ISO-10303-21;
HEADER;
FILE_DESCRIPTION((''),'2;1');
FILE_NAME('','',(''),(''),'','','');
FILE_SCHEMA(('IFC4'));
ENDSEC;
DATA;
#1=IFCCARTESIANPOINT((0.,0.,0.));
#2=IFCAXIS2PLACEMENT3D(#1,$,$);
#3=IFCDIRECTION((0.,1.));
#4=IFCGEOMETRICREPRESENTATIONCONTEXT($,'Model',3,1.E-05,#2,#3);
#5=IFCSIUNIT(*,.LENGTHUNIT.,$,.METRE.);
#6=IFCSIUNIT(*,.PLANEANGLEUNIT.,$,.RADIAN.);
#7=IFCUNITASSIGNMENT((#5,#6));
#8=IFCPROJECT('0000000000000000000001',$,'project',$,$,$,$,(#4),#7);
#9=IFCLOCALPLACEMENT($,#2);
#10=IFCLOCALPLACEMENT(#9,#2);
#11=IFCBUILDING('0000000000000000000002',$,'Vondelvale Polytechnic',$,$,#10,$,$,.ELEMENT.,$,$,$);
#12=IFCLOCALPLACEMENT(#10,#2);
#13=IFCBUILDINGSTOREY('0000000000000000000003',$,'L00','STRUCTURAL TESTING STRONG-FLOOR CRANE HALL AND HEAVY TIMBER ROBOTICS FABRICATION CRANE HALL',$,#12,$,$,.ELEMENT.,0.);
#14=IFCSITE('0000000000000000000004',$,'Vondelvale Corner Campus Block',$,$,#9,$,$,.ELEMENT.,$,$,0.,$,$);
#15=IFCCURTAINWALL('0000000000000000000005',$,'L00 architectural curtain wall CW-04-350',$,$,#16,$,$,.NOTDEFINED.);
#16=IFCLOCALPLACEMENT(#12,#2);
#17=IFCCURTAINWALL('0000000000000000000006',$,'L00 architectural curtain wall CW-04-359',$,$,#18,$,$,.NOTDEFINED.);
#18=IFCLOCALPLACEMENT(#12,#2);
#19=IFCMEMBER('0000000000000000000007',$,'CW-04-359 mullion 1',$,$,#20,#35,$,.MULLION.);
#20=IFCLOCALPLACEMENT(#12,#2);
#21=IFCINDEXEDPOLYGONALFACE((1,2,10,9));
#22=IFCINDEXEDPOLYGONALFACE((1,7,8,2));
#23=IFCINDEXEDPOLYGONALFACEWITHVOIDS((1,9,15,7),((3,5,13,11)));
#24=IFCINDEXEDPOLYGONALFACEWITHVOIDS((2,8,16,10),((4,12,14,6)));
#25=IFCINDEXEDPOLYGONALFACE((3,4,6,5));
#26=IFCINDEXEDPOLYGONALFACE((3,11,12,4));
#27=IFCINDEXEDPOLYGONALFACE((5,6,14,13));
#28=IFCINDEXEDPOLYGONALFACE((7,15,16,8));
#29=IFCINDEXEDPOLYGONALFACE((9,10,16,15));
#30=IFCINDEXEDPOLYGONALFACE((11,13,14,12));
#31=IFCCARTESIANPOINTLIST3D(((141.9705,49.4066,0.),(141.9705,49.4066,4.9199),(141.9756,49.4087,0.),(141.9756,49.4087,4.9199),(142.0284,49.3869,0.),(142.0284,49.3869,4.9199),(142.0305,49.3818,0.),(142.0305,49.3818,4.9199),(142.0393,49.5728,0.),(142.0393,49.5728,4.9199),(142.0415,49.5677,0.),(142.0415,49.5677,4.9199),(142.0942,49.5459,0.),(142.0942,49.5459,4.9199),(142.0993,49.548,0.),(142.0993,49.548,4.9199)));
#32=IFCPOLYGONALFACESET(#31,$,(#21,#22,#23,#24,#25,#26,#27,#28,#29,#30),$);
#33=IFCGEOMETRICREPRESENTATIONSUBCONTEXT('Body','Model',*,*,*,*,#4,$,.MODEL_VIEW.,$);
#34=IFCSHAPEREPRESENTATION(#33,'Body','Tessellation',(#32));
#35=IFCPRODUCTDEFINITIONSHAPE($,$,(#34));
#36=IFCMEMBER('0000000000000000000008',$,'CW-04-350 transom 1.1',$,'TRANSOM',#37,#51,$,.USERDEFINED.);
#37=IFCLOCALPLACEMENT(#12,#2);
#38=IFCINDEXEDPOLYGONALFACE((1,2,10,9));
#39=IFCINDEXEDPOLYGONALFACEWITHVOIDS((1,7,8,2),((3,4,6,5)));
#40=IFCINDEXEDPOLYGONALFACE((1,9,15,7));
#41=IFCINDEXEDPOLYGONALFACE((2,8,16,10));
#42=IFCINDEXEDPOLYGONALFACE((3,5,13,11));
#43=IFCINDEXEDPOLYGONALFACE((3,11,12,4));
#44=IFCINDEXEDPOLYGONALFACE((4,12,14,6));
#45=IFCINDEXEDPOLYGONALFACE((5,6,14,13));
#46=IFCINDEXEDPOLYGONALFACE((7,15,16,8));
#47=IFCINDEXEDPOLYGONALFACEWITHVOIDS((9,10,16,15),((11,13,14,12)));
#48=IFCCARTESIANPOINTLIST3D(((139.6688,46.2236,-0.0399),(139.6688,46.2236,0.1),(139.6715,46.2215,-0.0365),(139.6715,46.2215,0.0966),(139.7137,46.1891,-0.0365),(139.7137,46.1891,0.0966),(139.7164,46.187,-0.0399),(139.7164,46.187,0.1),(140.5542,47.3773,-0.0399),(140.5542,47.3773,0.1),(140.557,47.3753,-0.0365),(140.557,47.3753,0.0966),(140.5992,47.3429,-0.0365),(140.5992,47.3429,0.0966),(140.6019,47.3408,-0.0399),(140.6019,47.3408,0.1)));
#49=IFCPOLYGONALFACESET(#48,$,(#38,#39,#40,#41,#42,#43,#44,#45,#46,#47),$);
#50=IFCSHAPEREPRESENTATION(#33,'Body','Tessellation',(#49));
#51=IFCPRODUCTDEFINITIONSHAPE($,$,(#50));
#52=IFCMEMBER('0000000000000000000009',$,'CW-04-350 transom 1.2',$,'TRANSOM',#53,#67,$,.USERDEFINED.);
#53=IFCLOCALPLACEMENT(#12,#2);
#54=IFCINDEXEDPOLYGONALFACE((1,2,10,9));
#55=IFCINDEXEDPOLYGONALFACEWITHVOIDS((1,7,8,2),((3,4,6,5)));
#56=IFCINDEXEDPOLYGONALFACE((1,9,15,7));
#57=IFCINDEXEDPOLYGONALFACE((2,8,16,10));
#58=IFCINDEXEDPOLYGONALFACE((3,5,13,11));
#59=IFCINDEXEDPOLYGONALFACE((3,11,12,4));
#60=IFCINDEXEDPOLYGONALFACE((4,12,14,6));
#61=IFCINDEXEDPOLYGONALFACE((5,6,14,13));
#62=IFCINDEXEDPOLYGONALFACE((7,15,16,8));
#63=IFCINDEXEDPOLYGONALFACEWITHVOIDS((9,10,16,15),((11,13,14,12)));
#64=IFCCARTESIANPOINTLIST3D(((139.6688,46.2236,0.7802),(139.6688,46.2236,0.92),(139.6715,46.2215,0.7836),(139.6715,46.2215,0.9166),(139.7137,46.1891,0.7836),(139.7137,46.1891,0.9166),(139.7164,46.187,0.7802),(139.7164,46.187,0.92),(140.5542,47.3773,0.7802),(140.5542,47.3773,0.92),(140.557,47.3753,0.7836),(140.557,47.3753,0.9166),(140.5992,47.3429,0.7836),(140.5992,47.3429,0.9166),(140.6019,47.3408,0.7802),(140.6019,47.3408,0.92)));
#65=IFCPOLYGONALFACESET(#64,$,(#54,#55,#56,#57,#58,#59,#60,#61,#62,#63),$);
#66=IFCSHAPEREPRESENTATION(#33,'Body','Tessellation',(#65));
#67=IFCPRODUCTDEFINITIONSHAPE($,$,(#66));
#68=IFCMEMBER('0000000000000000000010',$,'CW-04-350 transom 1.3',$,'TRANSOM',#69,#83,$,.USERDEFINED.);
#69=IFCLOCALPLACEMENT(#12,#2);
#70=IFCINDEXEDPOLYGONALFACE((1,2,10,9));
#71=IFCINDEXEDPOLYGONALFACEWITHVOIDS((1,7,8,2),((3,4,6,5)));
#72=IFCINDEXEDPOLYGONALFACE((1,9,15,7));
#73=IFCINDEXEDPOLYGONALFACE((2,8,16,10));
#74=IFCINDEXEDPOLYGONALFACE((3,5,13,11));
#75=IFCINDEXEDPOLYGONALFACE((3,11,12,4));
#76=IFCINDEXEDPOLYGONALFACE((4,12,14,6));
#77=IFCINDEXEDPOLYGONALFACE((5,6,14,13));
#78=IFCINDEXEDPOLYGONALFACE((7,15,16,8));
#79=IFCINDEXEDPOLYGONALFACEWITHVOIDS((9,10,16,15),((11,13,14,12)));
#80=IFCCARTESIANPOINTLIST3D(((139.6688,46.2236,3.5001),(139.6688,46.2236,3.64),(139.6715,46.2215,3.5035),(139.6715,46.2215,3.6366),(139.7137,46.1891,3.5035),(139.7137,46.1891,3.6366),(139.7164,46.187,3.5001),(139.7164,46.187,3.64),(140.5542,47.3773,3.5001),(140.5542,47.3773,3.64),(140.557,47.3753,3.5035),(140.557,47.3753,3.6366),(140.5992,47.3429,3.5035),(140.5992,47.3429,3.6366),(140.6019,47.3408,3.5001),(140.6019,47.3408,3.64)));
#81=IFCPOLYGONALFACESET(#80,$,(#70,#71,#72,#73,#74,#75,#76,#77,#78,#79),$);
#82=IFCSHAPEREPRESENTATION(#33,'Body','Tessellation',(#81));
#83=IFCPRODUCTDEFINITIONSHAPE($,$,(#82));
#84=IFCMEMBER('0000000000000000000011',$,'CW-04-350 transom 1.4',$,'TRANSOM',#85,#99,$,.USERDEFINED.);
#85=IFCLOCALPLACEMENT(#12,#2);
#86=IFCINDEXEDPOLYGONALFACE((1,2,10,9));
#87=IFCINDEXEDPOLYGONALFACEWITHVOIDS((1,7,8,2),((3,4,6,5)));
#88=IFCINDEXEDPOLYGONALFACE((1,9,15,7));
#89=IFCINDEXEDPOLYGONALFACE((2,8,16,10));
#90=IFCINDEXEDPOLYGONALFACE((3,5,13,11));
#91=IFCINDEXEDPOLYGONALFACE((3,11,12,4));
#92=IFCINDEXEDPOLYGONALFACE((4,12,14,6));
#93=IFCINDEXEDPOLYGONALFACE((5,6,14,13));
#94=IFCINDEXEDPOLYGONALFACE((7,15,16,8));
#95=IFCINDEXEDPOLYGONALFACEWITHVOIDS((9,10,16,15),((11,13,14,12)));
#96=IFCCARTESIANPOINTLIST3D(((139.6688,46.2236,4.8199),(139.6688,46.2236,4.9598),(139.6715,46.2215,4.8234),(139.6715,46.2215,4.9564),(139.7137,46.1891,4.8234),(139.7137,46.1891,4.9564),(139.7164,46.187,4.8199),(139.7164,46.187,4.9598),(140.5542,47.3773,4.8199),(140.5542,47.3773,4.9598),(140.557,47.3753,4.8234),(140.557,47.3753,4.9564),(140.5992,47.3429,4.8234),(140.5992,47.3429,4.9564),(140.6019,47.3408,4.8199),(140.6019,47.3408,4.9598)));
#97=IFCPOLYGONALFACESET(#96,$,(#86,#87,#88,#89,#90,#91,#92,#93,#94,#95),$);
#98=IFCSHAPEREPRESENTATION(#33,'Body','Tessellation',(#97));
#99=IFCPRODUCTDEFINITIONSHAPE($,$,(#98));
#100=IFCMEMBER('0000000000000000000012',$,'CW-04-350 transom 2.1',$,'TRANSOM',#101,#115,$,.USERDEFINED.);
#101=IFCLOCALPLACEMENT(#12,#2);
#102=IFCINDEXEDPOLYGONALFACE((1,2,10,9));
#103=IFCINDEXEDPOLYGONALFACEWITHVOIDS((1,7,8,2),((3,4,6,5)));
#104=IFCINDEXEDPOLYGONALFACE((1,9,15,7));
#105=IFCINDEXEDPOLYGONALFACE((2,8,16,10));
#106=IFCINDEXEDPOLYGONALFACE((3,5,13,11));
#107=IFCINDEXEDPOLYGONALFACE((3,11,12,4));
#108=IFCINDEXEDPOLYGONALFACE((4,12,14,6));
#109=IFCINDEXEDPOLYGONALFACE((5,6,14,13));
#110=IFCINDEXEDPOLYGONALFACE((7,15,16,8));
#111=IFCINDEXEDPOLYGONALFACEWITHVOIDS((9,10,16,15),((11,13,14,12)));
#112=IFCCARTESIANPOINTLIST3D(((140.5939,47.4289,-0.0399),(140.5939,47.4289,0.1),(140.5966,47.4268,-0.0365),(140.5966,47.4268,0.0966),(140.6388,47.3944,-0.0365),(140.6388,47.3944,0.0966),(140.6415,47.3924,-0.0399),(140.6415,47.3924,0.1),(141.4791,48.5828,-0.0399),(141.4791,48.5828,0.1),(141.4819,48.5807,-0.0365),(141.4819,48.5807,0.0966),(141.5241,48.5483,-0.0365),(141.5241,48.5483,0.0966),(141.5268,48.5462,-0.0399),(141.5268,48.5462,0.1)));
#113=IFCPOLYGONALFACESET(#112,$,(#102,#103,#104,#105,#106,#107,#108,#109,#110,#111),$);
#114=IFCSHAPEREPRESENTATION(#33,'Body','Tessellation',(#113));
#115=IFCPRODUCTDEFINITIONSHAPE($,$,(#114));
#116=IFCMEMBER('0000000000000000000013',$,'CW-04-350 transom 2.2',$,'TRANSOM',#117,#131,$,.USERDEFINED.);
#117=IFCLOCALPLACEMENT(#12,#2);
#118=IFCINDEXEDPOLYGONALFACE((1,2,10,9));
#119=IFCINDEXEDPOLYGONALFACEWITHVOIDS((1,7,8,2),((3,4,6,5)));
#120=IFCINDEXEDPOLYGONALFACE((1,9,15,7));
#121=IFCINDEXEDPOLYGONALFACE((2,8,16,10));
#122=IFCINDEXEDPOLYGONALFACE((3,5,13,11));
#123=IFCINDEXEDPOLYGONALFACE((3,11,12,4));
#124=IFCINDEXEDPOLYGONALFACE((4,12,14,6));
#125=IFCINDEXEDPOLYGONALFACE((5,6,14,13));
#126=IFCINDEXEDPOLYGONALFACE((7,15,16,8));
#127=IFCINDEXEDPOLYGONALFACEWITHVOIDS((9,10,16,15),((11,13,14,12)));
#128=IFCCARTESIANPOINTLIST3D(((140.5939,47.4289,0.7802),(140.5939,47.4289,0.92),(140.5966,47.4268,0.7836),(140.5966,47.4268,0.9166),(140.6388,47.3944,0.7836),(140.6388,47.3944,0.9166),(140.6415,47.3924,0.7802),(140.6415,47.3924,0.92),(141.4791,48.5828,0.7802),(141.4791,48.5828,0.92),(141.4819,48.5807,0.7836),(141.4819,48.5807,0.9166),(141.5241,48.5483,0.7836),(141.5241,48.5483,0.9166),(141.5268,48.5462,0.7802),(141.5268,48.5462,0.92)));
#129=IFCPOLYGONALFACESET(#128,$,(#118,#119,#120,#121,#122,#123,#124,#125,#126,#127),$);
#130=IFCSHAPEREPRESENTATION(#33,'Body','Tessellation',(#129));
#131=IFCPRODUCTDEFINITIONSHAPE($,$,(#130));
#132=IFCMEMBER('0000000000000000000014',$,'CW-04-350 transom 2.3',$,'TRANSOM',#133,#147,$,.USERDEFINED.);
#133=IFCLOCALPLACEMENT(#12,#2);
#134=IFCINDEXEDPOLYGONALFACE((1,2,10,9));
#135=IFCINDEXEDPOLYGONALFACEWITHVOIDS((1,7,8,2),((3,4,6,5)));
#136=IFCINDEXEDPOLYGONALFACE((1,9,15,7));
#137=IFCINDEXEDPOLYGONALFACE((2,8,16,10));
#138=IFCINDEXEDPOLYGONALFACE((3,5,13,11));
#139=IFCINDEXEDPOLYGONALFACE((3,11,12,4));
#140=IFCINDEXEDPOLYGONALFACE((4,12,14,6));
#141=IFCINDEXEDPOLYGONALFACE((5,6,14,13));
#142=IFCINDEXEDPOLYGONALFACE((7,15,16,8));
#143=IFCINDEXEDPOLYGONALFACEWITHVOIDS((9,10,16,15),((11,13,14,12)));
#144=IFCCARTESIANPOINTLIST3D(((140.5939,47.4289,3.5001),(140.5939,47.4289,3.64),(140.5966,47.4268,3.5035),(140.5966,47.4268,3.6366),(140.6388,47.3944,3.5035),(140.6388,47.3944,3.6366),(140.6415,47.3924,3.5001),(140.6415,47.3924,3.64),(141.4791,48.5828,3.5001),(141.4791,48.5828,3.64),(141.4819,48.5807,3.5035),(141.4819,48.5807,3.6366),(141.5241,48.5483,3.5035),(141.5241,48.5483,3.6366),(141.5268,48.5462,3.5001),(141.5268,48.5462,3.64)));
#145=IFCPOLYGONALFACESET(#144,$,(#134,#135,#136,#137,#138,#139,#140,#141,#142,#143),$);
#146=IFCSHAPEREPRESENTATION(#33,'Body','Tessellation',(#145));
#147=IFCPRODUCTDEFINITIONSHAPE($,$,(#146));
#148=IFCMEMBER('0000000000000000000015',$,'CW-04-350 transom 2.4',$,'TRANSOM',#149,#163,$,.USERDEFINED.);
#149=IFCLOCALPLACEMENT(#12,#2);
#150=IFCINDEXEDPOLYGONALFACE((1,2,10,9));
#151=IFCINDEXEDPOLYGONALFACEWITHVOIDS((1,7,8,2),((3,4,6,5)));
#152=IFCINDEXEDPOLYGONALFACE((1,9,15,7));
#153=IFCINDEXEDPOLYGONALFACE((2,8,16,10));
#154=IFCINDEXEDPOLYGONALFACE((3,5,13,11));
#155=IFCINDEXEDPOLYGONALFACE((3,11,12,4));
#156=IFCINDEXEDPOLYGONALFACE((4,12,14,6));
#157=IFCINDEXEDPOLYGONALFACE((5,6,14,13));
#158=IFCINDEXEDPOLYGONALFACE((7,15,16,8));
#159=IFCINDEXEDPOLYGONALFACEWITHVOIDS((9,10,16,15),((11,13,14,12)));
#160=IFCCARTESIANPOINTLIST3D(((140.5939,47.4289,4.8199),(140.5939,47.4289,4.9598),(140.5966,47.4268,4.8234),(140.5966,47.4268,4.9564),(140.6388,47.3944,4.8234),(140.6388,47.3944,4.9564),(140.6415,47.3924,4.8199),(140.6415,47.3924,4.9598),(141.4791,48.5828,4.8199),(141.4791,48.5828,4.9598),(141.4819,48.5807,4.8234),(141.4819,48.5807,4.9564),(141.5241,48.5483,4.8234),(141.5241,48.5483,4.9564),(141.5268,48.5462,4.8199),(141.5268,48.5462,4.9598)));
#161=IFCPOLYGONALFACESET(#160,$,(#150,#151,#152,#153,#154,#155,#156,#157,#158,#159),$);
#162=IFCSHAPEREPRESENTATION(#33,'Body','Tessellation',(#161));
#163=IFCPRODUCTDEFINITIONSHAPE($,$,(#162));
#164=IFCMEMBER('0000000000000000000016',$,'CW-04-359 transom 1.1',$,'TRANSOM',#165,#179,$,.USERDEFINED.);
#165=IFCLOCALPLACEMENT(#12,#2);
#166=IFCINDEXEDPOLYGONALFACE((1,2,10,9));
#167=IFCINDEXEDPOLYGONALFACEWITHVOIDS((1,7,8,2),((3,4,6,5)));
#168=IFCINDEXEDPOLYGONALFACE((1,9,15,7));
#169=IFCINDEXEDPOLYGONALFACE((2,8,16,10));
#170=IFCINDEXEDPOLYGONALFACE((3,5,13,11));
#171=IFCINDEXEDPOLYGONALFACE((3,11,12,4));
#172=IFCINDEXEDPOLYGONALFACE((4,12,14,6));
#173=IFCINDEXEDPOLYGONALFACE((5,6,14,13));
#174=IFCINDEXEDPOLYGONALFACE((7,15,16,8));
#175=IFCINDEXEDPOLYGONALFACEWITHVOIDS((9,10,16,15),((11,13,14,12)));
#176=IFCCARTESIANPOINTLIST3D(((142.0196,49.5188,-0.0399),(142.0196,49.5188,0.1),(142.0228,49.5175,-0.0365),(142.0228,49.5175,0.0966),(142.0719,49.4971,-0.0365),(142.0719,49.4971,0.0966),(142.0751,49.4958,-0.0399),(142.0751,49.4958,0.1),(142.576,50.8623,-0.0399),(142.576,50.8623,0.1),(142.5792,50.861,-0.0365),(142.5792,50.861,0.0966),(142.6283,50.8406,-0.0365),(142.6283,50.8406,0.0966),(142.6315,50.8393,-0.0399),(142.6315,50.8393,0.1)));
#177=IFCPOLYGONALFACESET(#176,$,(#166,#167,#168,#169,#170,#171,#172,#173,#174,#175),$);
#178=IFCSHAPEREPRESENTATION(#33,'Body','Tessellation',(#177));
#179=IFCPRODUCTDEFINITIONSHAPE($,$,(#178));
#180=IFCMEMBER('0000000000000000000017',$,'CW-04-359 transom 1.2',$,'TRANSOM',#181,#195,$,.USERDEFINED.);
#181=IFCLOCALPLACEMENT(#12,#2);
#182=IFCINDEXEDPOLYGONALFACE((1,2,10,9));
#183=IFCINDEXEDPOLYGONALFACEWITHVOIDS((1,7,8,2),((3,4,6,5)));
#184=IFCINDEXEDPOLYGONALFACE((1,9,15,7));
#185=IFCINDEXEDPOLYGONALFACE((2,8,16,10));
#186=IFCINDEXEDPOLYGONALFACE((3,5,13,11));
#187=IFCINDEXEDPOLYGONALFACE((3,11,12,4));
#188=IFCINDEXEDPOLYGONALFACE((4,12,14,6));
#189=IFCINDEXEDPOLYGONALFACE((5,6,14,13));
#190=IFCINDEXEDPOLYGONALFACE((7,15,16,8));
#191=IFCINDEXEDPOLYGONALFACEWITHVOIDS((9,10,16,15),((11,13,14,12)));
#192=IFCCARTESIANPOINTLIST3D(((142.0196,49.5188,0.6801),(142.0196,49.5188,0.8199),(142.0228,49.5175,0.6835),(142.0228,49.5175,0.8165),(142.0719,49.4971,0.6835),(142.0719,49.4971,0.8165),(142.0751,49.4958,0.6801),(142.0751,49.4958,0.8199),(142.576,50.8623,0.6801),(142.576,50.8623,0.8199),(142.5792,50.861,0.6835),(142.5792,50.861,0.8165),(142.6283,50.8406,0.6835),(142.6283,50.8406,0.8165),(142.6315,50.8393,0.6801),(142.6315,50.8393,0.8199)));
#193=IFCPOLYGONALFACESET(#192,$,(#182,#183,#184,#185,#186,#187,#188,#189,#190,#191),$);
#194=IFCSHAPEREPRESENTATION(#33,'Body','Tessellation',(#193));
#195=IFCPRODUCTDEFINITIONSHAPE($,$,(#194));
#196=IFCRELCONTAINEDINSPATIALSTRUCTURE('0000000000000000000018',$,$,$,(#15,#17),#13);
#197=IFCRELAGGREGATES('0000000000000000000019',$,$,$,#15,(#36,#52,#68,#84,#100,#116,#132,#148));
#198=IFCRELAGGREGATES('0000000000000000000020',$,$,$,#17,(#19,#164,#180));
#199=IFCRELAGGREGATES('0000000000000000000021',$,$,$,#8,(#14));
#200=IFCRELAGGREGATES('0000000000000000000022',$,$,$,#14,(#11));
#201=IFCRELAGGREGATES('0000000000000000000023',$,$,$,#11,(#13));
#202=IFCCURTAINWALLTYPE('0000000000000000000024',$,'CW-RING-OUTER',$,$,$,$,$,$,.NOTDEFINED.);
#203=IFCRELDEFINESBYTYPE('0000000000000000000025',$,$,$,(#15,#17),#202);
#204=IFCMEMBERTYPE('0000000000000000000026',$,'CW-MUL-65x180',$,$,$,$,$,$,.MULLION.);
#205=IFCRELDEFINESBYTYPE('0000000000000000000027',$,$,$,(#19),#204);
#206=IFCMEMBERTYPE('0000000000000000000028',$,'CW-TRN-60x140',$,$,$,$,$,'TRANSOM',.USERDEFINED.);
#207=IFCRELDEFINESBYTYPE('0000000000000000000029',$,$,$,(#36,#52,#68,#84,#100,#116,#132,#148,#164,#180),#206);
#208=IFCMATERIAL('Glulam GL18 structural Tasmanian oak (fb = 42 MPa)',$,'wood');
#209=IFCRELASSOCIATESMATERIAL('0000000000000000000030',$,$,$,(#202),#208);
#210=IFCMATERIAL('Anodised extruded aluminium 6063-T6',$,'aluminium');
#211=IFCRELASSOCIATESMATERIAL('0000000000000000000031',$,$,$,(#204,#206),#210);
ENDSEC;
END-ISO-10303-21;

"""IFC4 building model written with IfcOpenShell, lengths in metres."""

from ifc_helpers import new_model, si_unit, direction, frame, origin, origin_2d, place, context, subcontext, project, spatial, hollow_rectangle, extrude, material, material_profile, profile_set, type_object, element, aggregate, save


model = new_model("IFC4")

# Units and contexts
model_context = context("Model", 3, precision=1e-05, world=origin(), true_north=direction((0.0, 1.0)))
body_context = subcontext(model_context, "Body", "Model", "MODEL_VIEW")
ifc_project = project(units=[si_unit("LENGTHUNIT", "METRE"), si_unit("PLANEANGLEUNIT", "RADIAN")], contexts=[model_context])

# Site, building, storey
site_placement = place(None, origin())
site = spatial("IfcSite", under=ifc_project, at=site_placement, Name="Vondelvale Corner Campus Block", CompositionType="ELEMENT", RefElevation=0.0)
building_placement = place(site_placement, origin())
building = spatial("IfcBuilding", under=site, at=building_placement, Name="Vondelvale Polytechnic", CompositionType="ELEMENT")
storey_placement = place(building_placement, origin())
storey = spatial("IfcBuildingStorey", under=building, at=storey_placement, Name="L00", Description="STRUCTURAL TESTING STRONG-FLOOR CRANE HALL AND HEAVY TIMBER ROBOTICS FABRICATION CRANE HALL", CompositionType="ELEMENT", Elevation=0.0)

# Curtain wall
ifc_material_1 = material(Name="Glulam GL18 structural Tasmanian oak (fb = 42 MPa)", Category="wood")
curtain_wall_type = type_object("IfcCurtainWallType", Name="CW-RING-OUTER", PredefinedType="NOTDEFINED", material=ifc_material_1)
curtain_wall_1_placement = place(storey_placement, origin())
curtain_wall_1 = element("IfcCurtainWall", 1, at=curtain_wall_1_placement, inside=storey, type_object=curtain_wall_type, Name="L00 architectural curtain wall CW-04-350", PredefinedType="NOTDEFINED")
ifc_material_2 = material(Name="Anodised extruded aluminium 6063-T6", Category="aluminium")
ifc_material_profile_1 = material_profile(ifc_material_2, hollow_rectangle(XDim=0.0649, YDim=0.1799, WallThickness=0.0039, at=origin_2d()), Name="CW-MUL-180x65")
ifc_profile_set_1 = profile_set([ifc_material_profile_1], Name="Anodised extruded aluminium 6063-T6")
member_type_1 = type_object("IfcMemberType", Name="CW-MUL-65x180", PredefinedType="MULLION", material=ifc_profile_set_1)

# Curtain wall, member
curtain_wall_2_placement = place(storey_placement, origin())
curtain_wall_2 = element("IfcCurtainWall", 2, at=curtain_wall_2_placement, inside=storey, type_object=curtain_wall_type, Name="L00 architectural curtain wall CW-04-359", PredefinedType="NOTDEFINED")
member_1_placement = place(storey_placement, frame((142.0349, 49.4773, 0.0), z_axis=(0.0, 0.0, 1.0), x_axis=(-0.923881, 0.382679, 0.0)))
member_1 = element("IfcMember", 3, at=member_1_placement, type_object=member_type_1, Name="CW-04-359 mullion 1", PredefinedType="MULLION", context=body_context, shape_type="SweptSolid", body=[
    extrude(hollow_rectangle(XDim=0.0649, YDim=0.1799, WallThickness=0.0039, at=origin_2d()), origin(), (0.0, 0.0, 1.0), 4.9199),
])

# Members
ifc_material_profile_2 = material_profile(ifc_material_2, hollow_rectangle(XDim=0.0601, YDim=0.1399, WallThickness=0.0034, at=origin_2d()), Name="CW-TRN-140x60")
ifc_profile_set_2 = profile_set([ifc_material_profile_2], Name="Anodised extruded aluminium 6063-T6")
member_type_2 = type_object("IfcMemberType", Name="CW-TRN-60x140", ElementType="TRANSOM", PredefinedType="USERDEFINED", material=ifc_profile_set_2)
member_2_placement = place(storey_placement, frame((139.6926, 46.2053, 0.03), z_axis=(0.608826, 0.793304, 0.0), x_axis=(-0.793304, 0.608826, 0.0)))
member_2 = element("IfcMember", 4, at=member_2_placement, type_object=member_type_2, Name="CW-04-350 transom 1.1", ObjectType="TRANSOM", PredefinedType="USERDEFINED", context=body_context, shape_type="SweptSolid", body=[
    extrude(hollow_rectangle(XDim=0.0601, YDim=0.1399, WallThickness=0.0034, at=origin_2d()), origin(), (0.0, 0.0, 1.0), 1.4543),
])
member_3_placement = place(storey_placement, frame((139.6926, 46.2053, 0.8501), z_axis=(0.608826, 0.793304, 0.0), x_axis=(-0.793304, 0.608826, 0.0)))
member_3 = element("IfcMember", 5, at=member_3_placement, type_object=member_type_2, Name="CW-04-350 transom 1.2", ObjectType="TRANSOM", PredefinedType="USERDEFINED", context=body_context, shape_type="SweptSolid", body=[
    extrude(hollow_rectangle(XDim=0.0601, YDim=0.1399, WallThickness=0.0034, at=origin_2d()), origin(), (0.0, 0.0, 1.0), 1.4543),
])
member_4_placement = place(storey_placement, frame((139.6926, 46.2053, 3.5701), z_axis=(0.608826, 0.793304, 0.0), x_axis=(-0.793304, 0.608826, 0.0)))
member_4 = element("IfcMember", 6, at=member_4_placement, type_object=member_type_2, Name="CW-04-350 transom 1.3", ObjectType="TRANSOM", PredefinedType="USERDEFINED", context=body_context, shape_type="SweptSolid", body=[
    extrude(hollow_rectangle(XDim=0.0601, YDim=0.1399, WallThickness=0.0034, at=origin_2d()), origin(), (0.0, 0.0, 1.0), 1.4543),
])
member_5_placement = place(storey_placement, frame((139.6926, 46.2053, 4.8899), z_axis=(0.608826, 0.793304, 0.0), x_axis=(-0.793304, 0.608826, 0.0)))
member_5 = element("IfcMember", 7, at=member_5_placement, type_object=member_type_2, Name="CW-04-350 transom 1.4", ObjectType="TRANSOM", PredefinedType="USERDEFINED", context=body_context, shape_type="SweptSolid", body=[
    extrude(hollow_rectangle(XDim=0.0601, YDim=0.1399, WallThickness=0.0034, at=origin_2d()), origin(), (0.0, 0.0, 1.0), 1.4543),
])
member_6_placement = place(storey_placement, frame((140.6177, 47.4106, 0.03), z_axis=(0.608721, 0.793385, 0.0), x_axis=(-0.793385, 0.608721, 0.0)))
member_6 = element("IfcMember", 8, at=member_6_placement, type_object=member_type_2, Name="CW-04-350 transom 2.1", ObjectType="TRANSOM", PredefinedType="USERDEFINED", context=body_context, shape_type="SweptSolid", body=[
    extrude(hollow_rectangle(XDim=0.0601, YDim=0.1399, WallThickness=0.0034, at=origin_2d()), origin(), (0.0, 0.0, 1.0), 1.4543),
])
member_7_placement = place(storey_placement, frame((140.6177, 47.4106, 0.8501), z_axis=(0.608721, 0.793385, 0.0), x_axis=(-0.793385, 0.608721, 0.0)))
member_7 = element("IfcMember", 9, at=member_7_placement, type_object=member_type_2, Name="CW-04-350 transom 2.2", ObjectType="TRANSOM", PredefinedType="USERDEFINED", context=body_context, shape_type="SweptSolid", body=[
    extrude(hollow_rectangle(XDim=0.0601, YDim=0.1399, WallThickness=0.0034, at=origin_2d()), origin(), (0.0, 0.0, 1.0), 1.4543),
])
member_8_placement = place(storey_placement, frame((140.6177, 47.4106, 3.5701), z_axis=(0.608721, 0.793385, 0.0), x_axis=(-0.793385, 0.608721, 0.0)))
member_8 = element("IfcMember", 10, at=member_8_placement, type_object=member_type_2, Name="CW-04-350 transom 2.3", ObjectType="TRANSOM", PredefinedType="USERDEFINED", context=body_context, shape_type="SweptSolid", body=[
    extrude(hollow_rectangle(XDim=0.0601, YDim=0.1399, WallThickness=0.0034, at=origin_2d()), origin(), (0.0, 0.0, 1.0), 1.4543),
])
member_9_placement = place(storey_placement, frame((140.6177, 47.4106, 4.8899), z_axis=(0.608721, 0.793385, 0.0), x_axis=(-0.793385, 0.608721, 0.0)))
member_9 = element("IfcMember", 11, at=member_9_placement, type_object=member_type_2, Name="CW-04-350 transom 2.4", ObjectType="TRANSOM", PredefinedType="USERDEFINED", context=body_context, shape_type="SweptSolid", body=[
    extrude(hollow_rectangle(XDim=0.0601, YDim=0.1399, WallThickness=0.0034, at=origin_2d()), origin(), (0.0, 0.0, 1.0), 1.4543),
])
member_10_placement = place(storey_placement, frame((142.0474, 49.5073, 0.03), z_axis=(0.382624, 0.923904, 0.0), x_axis=(-0.923904, 0.382624, 0.0)))
member_10 = element("IfcMember", 12, at=member_10_placement, type_object=member_type_2, Name="CW-04-359 transom 1.1", ObjectType="TRANSOM", PredefinedType="USERDEFINED", context=body_context, shape_type="SweptSolid", body=[
    extrude(hollow_rectangle(XDim=0.0601, YDim=0.1399, WallThickness=0.0034, at=origin_2d()), origin(), (0.0, 0.0, 1.0), 1.4541),
])
member_11_placement = place(storey_placement, frame((142.0474, 49.5073, 0.75), z_axis=(0.382624, 0.923904, 0.0), x_axis=(-0.923904, 0.382624, 0.0)))
member_11 = element("IfcMember", 13, at=member_11_placement, type_object=member_type_2, Name="CW-04-359 transom 1.2", ObjectType="TRANSOM", PredefinedType="USERDEFINED", context=body_context, shape_type="SweptSolid", body=[
    extrude(hollow_rectangle(XDim=0.0601, YDim=0.1399, WallThickness=0.0034, at=origin_2d()), origin(), (0.0, 0.0, 1.0), 1.4541),
])

aggregate(curtain_wall_1, [member_2, member_3, member_4, member_5, member_6, member_7, member_8, member_9])
aggregate(curtain_wall_2, [member_1, member_10, member_11])

save(model, "model.ifc")
